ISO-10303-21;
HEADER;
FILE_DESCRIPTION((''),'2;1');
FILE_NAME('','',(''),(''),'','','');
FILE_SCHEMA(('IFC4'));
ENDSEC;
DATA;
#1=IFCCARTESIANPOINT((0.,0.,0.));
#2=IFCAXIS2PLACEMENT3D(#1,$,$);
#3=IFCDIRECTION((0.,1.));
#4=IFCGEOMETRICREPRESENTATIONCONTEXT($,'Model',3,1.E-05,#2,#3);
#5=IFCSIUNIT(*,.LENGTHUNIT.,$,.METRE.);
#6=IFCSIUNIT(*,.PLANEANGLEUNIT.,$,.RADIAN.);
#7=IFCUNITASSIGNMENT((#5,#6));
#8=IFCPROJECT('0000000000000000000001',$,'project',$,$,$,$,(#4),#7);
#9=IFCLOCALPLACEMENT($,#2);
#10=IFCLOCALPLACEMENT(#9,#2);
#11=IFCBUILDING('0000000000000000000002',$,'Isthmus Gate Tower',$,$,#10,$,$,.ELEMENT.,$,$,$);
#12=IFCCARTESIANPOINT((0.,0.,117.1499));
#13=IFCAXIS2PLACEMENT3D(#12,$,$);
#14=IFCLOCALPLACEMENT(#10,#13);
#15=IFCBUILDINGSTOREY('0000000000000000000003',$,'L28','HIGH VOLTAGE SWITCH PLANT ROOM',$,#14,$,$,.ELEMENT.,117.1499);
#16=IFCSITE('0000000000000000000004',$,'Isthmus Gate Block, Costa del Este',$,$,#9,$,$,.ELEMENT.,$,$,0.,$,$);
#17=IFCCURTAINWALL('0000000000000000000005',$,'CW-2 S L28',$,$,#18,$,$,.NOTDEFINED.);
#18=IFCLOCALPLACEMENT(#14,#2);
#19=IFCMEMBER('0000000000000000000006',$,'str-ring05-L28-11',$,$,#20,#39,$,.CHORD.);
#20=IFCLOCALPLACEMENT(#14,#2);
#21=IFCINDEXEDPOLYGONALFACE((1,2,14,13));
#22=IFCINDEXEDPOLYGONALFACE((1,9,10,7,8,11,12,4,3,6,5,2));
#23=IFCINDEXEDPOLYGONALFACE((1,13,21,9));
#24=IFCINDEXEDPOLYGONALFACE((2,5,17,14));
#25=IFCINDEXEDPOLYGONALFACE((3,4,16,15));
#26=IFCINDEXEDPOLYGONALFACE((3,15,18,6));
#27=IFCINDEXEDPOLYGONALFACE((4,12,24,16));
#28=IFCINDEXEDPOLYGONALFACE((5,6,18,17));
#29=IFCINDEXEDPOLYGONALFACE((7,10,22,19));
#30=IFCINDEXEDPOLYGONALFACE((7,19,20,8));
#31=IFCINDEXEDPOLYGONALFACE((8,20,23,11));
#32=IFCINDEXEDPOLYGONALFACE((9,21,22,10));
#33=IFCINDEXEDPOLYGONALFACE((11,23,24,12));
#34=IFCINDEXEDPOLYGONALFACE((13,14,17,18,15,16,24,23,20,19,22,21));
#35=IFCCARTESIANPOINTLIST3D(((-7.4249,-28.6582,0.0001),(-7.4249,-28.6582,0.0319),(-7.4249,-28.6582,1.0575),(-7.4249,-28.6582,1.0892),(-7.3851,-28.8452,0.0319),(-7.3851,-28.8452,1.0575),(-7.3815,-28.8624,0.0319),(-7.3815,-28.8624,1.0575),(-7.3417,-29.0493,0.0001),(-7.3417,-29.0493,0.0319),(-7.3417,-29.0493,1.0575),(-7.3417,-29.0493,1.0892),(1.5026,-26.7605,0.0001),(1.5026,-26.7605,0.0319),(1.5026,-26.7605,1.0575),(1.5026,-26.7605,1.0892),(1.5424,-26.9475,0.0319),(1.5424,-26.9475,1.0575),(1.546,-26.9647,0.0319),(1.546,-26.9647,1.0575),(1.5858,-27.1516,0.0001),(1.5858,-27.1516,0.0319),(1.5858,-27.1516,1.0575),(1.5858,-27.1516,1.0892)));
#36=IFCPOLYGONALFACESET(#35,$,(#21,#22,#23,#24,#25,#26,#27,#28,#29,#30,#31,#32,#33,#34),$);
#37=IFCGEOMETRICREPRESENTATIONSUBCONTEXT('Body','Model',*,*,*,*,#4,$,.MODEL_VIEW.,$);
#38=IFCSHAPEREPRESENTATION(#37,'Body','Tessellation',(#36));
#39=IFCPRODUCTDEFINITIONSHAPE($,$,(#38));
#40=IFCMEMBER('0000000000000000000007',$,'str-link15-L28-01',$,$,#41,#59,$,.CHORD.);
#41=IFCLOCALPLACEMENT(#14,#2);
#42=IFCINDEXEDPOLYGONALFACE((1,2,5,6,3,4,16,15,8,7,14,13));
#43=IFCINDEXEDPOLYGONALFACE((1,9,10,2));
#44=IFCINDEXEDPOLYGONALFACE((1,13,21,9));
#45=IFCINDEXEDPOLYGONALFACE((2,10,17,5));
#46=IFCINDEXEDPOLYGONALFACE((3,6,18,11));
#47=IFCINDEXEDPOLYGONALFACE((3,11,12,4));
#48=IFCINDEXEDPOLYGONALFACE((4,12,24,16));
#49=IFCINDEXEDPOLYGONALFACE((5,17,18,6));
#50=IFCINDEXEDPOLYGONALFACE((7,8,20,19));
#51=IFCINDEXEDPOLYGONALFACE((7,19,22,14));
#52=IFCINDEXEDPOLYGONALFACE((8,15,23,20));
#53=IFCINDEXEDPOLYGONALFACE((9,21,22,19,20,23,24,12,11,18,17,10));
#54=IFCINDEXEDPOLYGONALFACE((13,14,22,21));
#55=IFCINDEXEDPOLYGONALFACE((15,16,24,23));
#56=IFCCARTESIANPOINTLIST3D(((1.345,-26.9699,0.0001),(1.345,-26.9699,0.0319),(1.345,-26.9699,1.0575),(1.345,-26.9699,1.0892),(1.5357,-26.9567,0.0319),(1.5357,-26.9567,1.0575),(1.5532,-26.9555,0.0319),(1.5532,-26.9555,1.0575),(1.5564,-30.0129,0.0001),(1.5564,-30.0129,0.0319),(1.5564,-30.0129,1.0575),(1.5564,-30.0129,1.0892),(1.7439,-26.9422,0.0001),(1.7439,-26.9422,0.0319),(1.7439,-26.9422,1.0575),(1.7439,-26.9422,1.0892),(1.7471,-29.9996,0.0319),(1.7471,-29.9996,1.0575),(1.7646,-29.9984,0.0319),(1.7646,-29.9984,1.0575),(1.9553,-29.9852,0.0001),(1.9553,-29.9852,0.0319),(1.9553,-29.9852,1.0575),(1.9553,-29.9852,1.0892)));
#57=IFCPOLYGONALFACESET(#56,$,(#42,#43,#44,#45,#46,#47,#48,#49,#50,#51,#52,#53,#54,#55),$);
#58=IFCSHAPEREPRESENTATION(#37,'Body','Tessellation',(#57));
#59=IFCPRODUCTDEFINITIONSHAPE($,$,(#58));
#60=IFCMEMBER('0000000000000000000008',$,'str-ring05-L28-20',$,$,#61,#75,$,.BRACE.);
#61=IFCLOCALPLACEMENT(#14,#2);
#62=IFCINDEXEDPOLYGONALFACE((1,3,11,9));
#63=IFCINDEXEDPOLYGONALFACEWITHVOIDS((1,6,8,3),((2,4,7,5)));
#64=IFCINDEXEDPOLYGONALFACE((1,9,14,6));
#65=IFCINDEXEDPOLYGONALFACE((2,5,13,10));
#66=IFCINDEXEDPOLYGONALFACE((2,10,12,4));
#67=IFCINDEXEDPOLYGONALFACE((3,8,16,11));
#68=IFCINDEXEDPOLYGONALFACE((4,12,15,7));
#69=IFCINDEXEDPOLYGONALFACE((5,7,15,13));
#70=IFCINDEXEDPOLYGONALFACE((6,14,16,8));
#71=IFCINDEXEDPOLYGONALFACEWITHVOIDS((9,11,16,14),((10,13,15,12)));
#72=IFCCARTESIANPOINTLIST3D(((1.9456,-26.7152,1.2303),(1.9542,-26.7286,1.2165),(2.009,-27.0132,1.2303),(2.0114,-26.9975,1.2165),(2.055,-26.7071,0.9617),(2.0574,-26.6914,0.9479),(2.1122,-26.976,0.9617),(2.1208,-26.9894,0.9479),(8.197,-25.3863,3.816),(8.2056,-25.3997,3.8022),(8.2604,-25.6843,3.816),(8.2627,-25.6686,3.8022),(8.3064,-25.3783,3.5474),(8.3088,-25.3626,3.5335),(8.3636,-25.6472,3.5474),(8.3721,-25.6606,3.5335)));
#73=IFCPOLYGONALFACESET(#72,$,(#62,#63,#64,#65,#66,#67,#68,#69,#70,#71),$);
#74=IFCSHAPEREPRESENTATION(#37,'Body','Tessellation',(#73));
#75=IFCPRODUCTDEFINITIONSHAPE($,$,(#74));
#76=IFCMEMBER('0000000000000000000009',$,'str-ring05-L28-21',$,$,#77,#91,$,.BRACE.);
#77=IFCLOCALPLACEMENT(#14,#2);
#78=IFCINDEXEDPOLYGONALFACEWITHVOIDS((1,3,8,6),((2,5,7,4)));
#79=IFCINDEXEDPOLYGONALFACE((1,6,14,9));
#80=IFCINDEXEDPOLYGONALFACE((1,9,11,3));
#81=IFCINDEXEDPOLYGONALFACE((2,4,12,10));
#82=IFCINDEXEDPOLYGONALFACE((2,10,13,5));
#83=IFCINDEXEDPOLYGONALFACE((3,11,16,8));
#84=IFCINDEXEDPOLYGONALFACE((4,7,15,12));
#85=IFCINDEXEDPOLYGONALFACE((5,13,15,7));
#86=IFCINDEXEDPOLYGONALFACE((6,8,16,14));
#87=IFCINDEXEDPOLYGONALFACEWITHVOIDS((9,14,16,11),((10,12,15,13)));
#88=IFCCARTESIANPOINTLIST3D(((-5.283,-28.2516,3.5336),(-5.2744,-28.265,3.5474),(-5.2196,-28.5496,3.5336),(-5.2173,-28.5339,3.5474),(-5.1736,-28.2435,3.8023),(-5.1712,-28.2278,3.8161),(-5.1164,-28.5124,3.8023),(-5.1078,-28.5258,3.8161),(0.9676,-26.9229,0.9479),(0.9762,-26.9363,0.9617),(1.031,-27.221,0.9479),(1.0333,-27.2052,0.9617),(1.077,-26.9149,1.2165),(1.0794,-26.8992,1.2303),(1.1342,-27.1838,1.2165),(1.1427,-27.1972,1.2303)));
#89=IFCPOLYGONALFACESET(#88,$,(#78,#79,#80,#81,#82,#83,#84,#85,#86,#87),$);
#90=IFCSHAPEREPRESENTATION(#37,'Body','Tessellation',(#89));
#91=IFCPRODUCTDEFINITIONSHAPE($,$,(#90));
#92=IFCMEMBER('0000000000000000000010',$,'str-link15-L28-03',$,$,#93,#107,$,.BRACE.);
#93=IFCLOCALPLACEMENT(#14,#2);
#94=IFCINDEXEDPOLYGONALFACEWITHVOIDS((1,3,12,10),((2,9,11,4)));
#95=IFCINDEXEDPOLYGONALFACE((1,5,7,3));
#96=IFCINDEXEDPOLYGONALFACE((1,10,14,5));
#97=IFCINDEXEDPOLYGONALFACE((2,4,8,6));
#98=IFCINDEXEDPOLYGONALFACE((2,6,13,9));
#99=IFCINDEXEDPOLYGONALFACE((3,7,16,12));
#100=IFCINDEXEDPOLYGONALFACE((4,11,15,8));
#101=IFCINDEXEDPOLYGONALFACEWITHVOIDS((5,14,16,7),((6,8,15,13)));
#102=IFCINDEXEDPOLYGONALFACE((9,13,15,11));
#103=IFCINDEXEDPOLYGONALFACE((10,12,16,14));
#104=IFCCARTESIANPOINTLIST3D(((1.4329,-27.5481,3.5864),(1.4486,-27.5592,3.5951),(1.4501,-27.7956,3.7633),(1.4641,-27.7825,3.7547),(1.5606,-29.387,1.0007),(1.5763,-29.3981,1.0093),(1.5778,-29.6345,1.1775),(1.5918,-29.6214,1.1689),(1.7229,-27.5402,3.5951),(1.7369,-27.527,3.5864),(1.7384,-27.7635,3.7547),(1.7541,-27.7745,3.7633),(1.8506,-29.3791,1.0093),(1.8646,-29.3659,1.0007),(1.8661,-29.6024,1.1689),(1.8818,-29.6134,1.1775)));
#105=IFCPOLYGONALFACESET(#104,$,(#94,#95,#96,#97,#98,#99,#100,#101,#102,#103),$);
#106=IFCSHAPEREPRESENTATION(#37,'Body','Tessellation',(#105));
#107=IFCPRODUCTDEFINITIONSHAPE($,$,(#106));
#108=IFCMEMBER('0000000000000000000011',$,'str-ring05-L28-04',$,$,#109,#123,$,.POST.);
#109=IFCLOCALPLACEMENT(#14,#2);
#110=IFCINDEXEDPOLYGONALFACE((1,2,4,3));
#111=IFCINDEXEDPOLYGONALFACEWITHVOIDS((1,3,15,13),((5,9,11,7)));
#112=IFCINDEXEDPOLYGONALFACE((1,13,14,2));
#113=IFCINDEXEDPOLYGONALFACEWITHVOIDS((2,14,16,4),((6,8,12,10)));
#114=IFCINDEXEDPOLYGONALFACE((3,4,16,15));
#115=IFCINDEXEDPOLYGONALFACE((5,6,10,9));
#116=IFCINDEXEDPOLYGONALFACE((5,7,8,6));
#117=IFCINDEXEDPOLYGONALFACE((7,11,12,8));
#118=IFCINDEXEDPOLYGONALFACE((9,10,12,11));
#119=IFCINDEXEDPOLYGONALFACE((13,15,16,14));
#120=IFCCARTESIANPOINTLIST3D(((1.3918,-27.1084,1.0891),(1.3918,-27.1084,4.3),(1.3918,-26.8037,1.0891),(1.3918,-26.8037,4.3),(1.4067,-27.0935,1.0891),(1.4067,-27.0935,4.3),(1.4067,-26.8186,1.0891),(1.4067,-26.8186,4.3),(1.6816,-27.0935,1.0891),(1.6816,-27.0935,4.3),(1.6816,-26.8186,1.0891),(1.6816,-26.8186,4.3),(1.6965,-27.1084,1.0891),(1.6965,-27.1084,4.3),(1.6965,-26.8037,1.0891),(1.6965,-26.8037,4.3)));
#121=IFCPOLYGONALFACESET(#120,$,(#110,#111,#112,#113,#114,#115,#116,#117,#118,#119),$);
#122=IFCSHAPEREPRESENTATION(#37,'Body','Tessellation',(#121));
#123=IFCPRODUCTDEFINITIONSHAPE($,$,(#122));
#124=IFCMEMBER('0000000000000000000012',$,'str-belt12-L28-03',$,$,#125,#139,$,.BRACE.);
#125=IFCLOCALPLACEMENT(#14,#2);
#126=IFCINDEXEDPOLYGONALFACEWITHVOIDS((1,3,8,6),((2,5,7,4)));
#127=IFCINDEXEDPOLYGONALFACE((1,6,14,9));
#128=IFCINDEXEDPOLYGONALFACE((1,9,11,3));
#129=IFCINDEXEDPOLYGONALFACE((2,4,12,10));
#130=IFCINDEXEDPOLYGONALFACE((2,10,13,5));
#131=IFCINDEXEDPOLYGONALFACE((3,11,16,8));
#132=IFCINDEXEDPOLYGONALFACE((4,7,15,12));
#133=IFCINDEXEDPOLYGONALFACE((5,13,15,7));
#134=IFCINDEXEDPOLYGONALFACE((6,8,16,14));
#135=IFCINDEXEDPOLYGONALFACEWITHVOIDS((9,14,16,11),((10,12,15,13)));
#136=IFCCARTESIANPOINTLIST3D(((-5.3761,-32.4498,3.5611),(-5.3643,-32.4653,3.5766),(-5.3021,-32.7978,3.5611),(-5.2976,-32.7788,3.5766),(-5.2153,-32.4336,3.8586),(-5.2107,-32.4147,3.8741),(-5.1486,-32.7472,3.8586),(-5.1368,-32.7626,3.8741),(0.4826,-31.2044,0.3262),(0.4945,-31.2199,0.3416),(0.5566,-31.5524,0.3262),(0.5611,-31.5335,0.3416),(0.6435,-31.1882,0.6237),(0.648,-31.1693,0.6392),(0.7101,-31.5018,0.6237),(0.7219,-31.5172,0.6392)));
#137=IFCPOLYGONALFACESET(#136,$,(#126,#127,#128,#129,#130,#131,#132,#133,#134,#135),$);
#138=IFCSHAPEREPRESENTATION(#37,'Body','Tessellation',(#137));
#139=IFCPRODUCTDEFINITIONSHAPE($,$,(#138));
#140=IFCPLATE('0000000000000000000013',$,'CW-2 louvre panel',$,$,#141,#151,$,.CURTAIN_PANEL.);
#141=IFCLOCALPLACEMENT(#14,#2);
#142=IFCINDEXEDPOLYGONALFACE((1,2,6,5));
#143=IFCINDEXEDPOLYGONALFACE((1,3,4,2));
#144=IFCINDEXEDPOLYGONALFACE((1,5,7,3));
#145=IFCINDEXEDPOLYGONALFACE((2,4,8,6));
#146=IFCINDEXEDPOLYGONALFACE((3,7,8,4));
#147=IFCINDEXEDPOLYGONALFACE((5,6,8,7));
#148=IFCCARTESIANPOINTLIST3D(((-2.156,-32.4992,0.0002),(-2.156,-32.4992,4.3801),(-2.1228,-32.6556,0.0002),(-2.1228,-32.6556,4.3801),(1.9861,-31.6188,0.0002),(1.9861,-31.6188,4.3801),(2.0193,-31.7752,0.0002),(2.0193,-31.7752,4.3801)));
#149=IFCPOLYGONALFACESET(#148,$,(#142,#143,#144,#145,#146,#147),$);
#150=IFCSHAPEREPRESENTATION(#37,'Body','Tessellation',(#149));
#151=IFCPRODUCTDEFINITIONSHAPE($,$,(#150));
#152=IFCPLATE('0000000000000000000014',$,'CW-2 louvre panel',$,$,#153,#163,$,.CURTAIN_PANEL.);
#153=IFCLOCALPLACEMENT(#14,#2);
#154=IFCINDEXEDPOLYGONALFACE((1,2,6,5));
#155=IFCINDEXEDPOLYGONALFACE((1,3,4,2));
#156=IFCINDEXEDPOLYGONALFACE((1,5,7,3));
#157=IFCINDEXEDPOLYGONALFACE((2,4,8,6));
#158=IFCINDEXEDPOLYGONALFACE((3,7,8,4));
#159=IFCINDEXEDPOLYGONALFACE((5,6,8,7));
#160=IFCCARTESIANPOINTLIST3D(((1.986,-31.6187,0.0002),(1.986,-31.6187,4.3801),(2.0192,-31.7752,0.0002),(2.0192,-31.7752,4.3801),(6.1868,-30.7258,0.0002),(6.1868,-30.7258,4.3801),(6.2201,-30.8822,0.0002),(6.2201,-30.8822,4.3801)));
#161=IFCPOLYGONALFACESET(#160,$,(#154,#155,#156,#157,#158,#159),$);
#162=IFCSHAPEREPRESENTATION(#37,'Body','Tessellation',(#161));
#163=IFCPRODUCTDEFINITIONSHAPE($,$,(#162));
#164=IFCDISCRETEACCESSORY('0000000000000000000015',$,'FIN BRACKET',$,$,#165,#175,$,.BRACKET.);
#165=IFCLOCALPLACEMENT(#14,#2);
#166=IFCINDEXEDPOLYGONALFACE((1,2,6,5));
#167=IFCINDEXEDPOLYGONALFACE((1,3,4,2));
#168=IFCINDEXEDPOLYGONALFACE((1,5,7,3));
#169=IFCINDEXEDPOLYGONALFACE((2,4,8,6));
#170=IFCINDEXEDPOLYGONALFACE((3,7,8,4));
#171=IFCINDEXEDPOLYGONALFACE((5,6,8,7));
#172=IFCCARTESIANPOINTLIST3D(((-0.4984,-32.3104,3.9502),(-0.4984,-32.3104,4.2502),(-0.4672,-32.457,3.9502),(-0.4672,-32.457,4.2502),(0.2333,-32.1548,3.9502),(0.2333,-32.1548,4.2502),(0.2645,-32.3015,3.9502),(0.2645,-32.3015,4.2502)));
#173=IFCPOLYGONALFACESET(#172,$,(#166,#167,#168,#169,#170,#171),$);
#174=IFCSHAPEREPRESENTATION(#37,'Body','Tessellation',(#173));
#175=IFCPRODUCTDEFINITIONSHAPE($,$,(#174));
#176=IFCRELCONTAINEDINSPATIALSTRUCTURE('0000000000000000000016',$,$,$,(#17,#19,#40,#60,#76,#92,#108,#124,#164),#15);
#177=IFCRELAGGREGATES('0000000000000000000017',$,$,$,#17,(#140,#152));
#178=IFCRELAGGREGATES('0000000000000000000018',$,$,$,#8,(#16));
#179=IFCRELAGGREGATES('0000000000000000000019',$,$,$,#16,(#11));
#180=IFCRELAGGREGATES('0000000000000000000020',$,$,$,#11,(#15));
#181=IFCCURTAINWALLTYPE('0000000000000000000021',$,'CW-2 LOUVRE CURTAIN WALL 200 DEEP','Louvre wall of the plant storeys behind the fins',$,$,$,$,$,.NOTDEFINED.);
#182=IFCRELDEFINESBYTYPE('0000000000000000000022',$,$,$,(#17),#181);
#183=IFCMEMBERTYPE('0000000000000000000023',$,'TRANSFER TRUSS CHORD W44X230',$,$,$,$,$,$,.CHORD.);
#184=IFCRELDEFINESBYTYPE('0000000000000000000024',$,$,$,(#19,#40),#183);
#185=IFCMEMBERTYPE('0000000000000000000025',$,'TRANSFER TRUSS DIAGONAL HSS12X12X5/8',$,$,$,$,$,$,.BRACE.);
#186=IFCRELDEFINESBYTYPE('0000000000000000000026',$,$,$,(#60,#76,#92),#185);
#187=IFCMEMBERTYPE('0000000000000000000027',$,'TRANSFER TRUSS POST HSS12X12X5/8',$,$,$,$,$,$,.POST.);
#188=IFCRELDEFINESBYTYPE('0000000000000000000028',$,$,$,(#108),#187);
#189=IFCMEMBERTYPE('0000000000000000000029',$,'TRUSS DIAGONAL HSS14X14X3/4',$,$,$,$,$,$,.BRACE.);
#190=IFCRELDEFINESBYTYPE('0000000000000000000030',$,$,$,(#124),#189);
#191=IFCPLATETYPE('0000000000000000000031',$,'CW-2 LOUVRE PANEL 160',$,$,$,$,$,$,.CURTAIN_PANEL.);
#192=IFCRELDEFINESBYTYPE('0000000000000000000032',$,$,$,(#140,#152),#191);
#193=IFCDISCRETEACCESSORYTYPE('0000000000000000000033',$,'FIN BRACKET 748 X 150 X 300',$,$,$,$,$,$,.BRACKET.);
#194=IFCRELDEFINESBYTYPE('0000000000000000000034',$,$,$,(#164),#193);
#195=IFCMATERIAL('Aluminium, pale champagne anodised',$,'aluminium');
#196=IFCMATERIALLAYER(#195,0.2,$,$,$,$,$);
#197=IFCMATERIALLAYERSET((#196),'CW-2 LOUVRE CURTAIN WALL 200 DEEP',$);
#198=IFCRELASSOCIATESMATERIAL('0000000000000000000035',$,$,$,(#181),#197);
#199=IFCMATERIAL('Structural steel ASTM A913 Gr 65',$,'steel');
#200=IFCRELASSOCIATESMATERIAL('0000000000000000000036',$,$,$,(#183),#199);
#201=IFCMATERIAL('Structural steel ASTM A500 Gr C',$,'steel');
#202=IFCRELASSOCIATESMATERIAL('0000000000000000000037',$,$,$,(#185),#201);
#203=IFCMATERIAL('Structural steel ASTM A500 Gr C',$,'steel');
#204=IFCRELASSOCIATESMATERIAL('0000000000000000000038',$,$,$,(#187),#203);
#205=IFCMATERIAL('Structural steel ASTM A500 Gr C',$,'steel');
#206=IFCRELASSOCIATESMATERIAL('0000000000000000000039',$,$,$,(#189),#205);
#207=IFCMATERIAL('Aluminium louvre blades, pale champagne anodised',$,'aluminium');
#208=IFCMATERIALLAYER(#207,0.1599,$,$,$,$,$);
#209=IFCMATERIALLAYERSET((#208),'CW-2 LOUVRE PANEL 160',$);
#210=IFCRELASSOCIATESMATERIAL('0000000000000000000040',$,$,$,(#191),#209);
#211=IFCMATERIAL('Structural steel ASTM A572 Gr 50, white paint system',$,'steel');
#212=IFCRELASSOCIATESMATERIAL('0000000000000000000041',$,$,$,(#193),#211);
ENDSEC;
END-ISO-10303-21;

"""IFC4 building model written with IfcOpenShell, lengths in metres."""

from ifc_helpers import new_model, si_unit, direction, frame, origin, origin_2d, place, context, subcontext, project, spatial, rectangle, hollow_rectangle, i_section, extrude, material, layer, layer_set, material_profile, profile_set, type_object, element, aggregate, save


model = new_model("IFC4")

# Units and contexts
model_context = context("Model", 3, precision=1e-05, world=origin(), true_north=direction((0.0, 1.0)))
body_context = subcontext(model_context, "Body", "Model", "MODEL_VIEW")
ifc_project = project(units=[si_unit("LENGTHUNIT", "METRE"), si_unit("PLANEANGLEUNIT", "RADIAN")], contexts=[model_context])

# Site, building, storey
site_placement = place(None, origin())
site = spatial("IfcSite", under=ifc_project, at=site_placement, Name="Isthmus Gate Block, Costa del Este", CompositionType="ELEMENT", RefElevation=0.0)
building_placement = place(site_placement, origin())
building = spatial("IfcBuilding", under=site, at=building_placement, Name="Isthmus Gate Tower", CompositionType="ELEMENT")
storey_placement = place(building_placement, frame((0.0, 0.0, 117.1499)))
storey = spatial("IfcBuildingStorey", under=building, at=storey_placement, Name="L28", Description="HIGH VOLTAGE SWITCH PLANT ROOM", CompositionType="ELEMENT", Elevation=117.1499)

# Curtain wall
ifc_material_1 = material(Name="Aluminium, pale champagne anodised", Category="aluminium")
ifc_layer_1 = layer(ifc_material_1, 0.2)
ifc_layer_set_1 = layer_set([ifc_layer_1], Name="CW-2 LOUVRE CURTAIN WALL 200 DEEP")
curtain_wall_type = type_object("IfcCurtainWallType", Name="CW-2 LOUVRE CURTAIN WALL 200 DEEP", Description="Louvre wall of the plant storeys behind the fins", PredefinedType="NOTDEFINED", material=ifc_layer_set_1)
curtain_wall_placement = place(storey_placement, origin())
curtain_wall = element("IfcCurtainWall", 1, at=curtain_wall_placement, inside=storey, type_object=curtain_wall_type, Name="CW-2 S L28", PredefinedType="NOTDEFINED")

# Members
ifc_material_2 = material(Name="Structural steel ASTM A913 Gr 65", Category="steel")
ifc_material_profile_1 = material_profile(ifc_material_2, i_section(OverallWidth=0.3999, OverallDepth=1.0891, WebThickness=0.0176, FlangeThickness=0.0317, at=origin_2d()), Name="W44X230")
ifc_profile_set_1 = profile_set([ifc_material_profile_1], Name="Structural steel ASTM A913 Gr 65")
member_type_1 = type_object("IfcMemberType", Name="TRANSFER TRUSS CHORD W44X230", PredefinedType="CHORD", material=ifc_profile_set_1)
member_1_placement = place(storey_placement, frame((1.5442, -26.9561, 0.5447), z_axis=(-0.978145, -0.207923, 0.0), x_axis=(0.207923, -0.978145, 0.0)))
element("IfcMember", 2, at=member_1_placement, inside=storey, type_object=member_type_1, Name="str-ring05-L28-11", PredefinedType="CHORD", context=body_context, shape_type="SweptSolid", body=[
    extrude(i_section(OverallWidth=0.3999, OverallDepth=1.0891, WebThickness=0.0176, FlangeThickness=0.0317, at=origin_2d()), origin(), (0.0, 0.0, 1.0), 9.127),
])
member_2_placement = place(storey_placement, frame((1.7559, -29.999, 0.5447), z_axis=(-0.069313, 0.997595, 0.0), x_axis=(-0.997595, -0.069313, 0.0)))
element("IfcMember", 3, at=member_2_placement, inside=storey, type_object=member_type_1, Name="str-link15-L28-01", PredefinedType="CHORD", context=body_context, shape_type="SweptSolid", body=[
    extrude(i_section(OverallWidth=0.3999, OverallDepth=1.0891, WebThickness=0.0176, FlangeThickness=0.0317, at=origin_2d()), origin(), (0.0, 0.0, 1.0), 3.0503),
])
ifc_material_3 = material(Name="Structural steel ASTM A500 Gr C", Category="steel")
ifc_material_profile_2 = material_profile(ifc_material_3, hollow_rectangle(XDim=0.3047, YDim=0.3047, WallThickness=0.0149, at=origin_2d()), Name="HSS12X12X5/8")
ifc_profile_set_2 = profile_set([ifc_material_profile_2], Name="Structural steel ASTM A500 Gr C")
member_type_2 = type_object("IfcMemberType", Name="TRANSFER TRUSS DIAGONAL HSS12X12X5/8", PredefinedType="BRACE", material=ifc_profile_set_2)
member_3_placement = place(storey_placement, frame((2.0332, -26.8523, 1.0891), z_axis=(0.906748, 0.192745, 0.375044), x_axis=(-0.207922, 0.978145, 0.0)))
element("IfcMember", 4, at=member_3_placement, inside=storey, type_object=member_type_2, Name="str-ring05-L28-20", PredefinedType="BRACE", context=body_context, shape_type="SweptSolid", body=[
    extrude(hollow_rectangle(XDim=0.3047, YDim=0.3047, WallThickness=0.0149, at=origin_2d()), origin(), (0.0, 0.0, 1.0), 6.8943),
])
member_4_placement = place(storey_placement, frame((1.0552, -27.0601, 1.0891), z_axis=(-0.906729, -0.192736, 0.375094), x_axis=(0.207916, -0.978147, 0.0)))
element("IfcMember", 5, at=member_4_placement, inside=storey, type_object=member_type_2, Name="str-ring05-L28-21", PredefinedType="BRACE", context=body_context, shape_type="SweptSolid", body=[
    extrude(hollow_rectangle(XDim=0.3047, YDim=0.3047, WallThickness=0.0149, at=origin_2d()), origin(), (0.0, 0.0, 1.0), 6.8936),
])
member_5_placement = place(storey_placement, frame((1.7212, -29.5002, 1.0891), z_axis=(-0.04021, 0.579087, 0.814274), x_axis=(-0.997598, -0.06927, 0.0)))
element("IfcMember", 6, at=member_5_placement, inside=storey, type_object=member_type_2, Name="str-link15-L28-03", PredefinedType="BRACE", context=body_context, shape_type="SweptSolid", body=[
    extrude(hollow_rectangle(XDim=0.3047, YDim=0.3047, WallThickness=0.0149, at=origin_2d()), origin(), (0.0, 0.0, 1.0), 3.1755),
])
ifc_material_4 = material(Name="Structural steel ASTM A500 Gr C", Category="steel")
ifc_material_profile_3 = material_profile(ifc_material_4, hollow_rectangle(XDim=0.3047, YDim=0.3047, WallThickness=0.0149, at=origin_2d()), Name="HSS12X12X5/8")
ifc_profile_set_3 = profile_set([ifc_material_profile_3], Name="Structural steel ASTM A500 Gr C")
member_type_3 = type_object("IfcMemberType", Name="TRANSFER TRUSS POST HSS12X12X5/8", PredefinedType="POST", material=ifc_profile_set_3)
member_6_placement = place(storey_placement, frame((1.5442, -26.9561, 1.0891), z_axis=(0.0, 0.0, 1.0), x_axis=(1.0, 0.0, 0.0)))
element("IfcMember", 7, at=member_6_placement, inside=storey, type_object=member_type_3, Name="str-ring05-L28-04", PredefinedType="POST", context=body_context, shape_type="SweptSolid", body=[
    extrude(hollow_rectangle(XDim=0.3047, YDim=0.3047, WallThickness=0.0149, at=origin_2d()), origin(), (0.0, 0.0, 1.0), 3.2109),
])
ifc_material_5 = material(Name="Structural steel ASTM A500 Gr C", Category="steel")
ifc_material_profile_4 = material_profile(ifc_material_5, hollow_rectangle(XDim=0.3557, YDim=0.3557, WallThickness=0.0176, at=origin_2d()), Name="HSS14X14X3/4")
ifc_profile_set_4 = profile_set([ifc_material_profile_4], Name="Structural steel ASTM A500 Gr C")
member_type_4 = type_object("IfcMemberType", Name="TRUSS DIAGONAL HSS14X14X3/4", PredefinedType="BRACE", material=ifc_profile_set_4)
member_7_placement = place(storey_placement, frame((0.6023, -31.3608, 0.4827), z_axis=(-0.860645, -0.182946, 0.475207), x_axis=(0.207923, -0.978145, 0.0)))
element("IfcMember", 8, at=member_7_placement, inside=storey, type_object=member_type_4, Name="str-belt12-L28-03", PredefinedType="BRACE", context=body_context, shape_type="SweptSolid", body=[
    extrude(hollow_rectangle(XDim=0.3557, YDim=0.3557, WallThickness=0.0176, at=origin_2d()), origin(), (0.0, 0.0, 1.0), 6.8074),
])

# Plates
ifc_material_6 = material(Name="Aluminium louvre blades, pale champagne anodised", Category="aluminium")
ifc_layer_2 = layer(ifc_material_6, 0.1599)
ifc_layer_set_2 = layer_set([ifc_layer_2], Name="CW-2 LOUVRE PANEL 160")
plate_type = type_object("IfcPlateType", Name="CW-2 LOUVRE PANEL 160", PredefinedType="CURTAIN_PANEL", material=ifc_layer_set_2)
plate_1_placement = place(storey_placement, frame((-0.0684, -32.1372, 0.0002), z_axis=(0.0, 0.0, 1.0), x_axis=(0.978148, 0.207912, 0.0)))
plate_1 = element("IfcPlate", 9, at=plate_1_placement, type_object=plate_type, Name="CW-2 louvre panel", PredefinedType="CURTAIN_PANEL", context=body_context, shape_type="SweptSolid", body=[
    extrude(rectangle(XDim=4.2346, YDim=0.1599, at=origin_2d()), origin(), (0.0, 0.0, 1.0), 4.3799),
])
plate_2_placement = place(storey_placement, frame((4.103, -31.2505, 0.0002), z_axis=(0.0, 0.0, 1.0), x_axis=(0.978148, 0.207912, 0.0)))
plate_2 = element("IfcPlate", 10, at=plate_2_placement, type_object=plate_type, Name="CW-2 louvre panel", PredefinedType="CURTAIN_PANEL", context=body_context, shape_type="SweptSolid", body=[
    extrude(rectangle(XDim=4.2947, YDim=0.1599, at=origin_2d()), origin(), (0.0, 0.0, 1.0), 4.3799),
])
aggregate(curtain_wall, [plate_1, plate_2])

# Discrete accessory
ifc_material_7 = material(Name="Structural steel ASTM A572 Gr 50, white paint system", Category="steel")
discrete_accessory_type_1 = type_object("IfcDiscreteAccessoryType", Name="FIN BRACKET 748 X 150 X 300", PredefinedType="BRACKET", material=ifc_material_7)
for number, where, z_axis, x_axis, name in (
    (11, (-0.1169, -32.3059, 3.9502), (0.0, 0.0, 1.0), (0.207912, -0.978148, 0.0), "FIN BRACKET"),
):
    element("IfcDiscreteAccessory", number, at=place(storey_placement, frame(where, z_axis=z_axis, x_axis=x_axis)), inside=storey, type_object=discrete_accessory_type_1, Name=name, PredefinedType="BRACKET", context=body_context, shape_type="SweptSolid", body=[
        extrude(rectangle(XDim=0.1499, YDim=0.748, at=origin_2d()), origin(), (0.0, 0.0, 1.0), 0.3),
    ])

save(model, "model.ifc")
